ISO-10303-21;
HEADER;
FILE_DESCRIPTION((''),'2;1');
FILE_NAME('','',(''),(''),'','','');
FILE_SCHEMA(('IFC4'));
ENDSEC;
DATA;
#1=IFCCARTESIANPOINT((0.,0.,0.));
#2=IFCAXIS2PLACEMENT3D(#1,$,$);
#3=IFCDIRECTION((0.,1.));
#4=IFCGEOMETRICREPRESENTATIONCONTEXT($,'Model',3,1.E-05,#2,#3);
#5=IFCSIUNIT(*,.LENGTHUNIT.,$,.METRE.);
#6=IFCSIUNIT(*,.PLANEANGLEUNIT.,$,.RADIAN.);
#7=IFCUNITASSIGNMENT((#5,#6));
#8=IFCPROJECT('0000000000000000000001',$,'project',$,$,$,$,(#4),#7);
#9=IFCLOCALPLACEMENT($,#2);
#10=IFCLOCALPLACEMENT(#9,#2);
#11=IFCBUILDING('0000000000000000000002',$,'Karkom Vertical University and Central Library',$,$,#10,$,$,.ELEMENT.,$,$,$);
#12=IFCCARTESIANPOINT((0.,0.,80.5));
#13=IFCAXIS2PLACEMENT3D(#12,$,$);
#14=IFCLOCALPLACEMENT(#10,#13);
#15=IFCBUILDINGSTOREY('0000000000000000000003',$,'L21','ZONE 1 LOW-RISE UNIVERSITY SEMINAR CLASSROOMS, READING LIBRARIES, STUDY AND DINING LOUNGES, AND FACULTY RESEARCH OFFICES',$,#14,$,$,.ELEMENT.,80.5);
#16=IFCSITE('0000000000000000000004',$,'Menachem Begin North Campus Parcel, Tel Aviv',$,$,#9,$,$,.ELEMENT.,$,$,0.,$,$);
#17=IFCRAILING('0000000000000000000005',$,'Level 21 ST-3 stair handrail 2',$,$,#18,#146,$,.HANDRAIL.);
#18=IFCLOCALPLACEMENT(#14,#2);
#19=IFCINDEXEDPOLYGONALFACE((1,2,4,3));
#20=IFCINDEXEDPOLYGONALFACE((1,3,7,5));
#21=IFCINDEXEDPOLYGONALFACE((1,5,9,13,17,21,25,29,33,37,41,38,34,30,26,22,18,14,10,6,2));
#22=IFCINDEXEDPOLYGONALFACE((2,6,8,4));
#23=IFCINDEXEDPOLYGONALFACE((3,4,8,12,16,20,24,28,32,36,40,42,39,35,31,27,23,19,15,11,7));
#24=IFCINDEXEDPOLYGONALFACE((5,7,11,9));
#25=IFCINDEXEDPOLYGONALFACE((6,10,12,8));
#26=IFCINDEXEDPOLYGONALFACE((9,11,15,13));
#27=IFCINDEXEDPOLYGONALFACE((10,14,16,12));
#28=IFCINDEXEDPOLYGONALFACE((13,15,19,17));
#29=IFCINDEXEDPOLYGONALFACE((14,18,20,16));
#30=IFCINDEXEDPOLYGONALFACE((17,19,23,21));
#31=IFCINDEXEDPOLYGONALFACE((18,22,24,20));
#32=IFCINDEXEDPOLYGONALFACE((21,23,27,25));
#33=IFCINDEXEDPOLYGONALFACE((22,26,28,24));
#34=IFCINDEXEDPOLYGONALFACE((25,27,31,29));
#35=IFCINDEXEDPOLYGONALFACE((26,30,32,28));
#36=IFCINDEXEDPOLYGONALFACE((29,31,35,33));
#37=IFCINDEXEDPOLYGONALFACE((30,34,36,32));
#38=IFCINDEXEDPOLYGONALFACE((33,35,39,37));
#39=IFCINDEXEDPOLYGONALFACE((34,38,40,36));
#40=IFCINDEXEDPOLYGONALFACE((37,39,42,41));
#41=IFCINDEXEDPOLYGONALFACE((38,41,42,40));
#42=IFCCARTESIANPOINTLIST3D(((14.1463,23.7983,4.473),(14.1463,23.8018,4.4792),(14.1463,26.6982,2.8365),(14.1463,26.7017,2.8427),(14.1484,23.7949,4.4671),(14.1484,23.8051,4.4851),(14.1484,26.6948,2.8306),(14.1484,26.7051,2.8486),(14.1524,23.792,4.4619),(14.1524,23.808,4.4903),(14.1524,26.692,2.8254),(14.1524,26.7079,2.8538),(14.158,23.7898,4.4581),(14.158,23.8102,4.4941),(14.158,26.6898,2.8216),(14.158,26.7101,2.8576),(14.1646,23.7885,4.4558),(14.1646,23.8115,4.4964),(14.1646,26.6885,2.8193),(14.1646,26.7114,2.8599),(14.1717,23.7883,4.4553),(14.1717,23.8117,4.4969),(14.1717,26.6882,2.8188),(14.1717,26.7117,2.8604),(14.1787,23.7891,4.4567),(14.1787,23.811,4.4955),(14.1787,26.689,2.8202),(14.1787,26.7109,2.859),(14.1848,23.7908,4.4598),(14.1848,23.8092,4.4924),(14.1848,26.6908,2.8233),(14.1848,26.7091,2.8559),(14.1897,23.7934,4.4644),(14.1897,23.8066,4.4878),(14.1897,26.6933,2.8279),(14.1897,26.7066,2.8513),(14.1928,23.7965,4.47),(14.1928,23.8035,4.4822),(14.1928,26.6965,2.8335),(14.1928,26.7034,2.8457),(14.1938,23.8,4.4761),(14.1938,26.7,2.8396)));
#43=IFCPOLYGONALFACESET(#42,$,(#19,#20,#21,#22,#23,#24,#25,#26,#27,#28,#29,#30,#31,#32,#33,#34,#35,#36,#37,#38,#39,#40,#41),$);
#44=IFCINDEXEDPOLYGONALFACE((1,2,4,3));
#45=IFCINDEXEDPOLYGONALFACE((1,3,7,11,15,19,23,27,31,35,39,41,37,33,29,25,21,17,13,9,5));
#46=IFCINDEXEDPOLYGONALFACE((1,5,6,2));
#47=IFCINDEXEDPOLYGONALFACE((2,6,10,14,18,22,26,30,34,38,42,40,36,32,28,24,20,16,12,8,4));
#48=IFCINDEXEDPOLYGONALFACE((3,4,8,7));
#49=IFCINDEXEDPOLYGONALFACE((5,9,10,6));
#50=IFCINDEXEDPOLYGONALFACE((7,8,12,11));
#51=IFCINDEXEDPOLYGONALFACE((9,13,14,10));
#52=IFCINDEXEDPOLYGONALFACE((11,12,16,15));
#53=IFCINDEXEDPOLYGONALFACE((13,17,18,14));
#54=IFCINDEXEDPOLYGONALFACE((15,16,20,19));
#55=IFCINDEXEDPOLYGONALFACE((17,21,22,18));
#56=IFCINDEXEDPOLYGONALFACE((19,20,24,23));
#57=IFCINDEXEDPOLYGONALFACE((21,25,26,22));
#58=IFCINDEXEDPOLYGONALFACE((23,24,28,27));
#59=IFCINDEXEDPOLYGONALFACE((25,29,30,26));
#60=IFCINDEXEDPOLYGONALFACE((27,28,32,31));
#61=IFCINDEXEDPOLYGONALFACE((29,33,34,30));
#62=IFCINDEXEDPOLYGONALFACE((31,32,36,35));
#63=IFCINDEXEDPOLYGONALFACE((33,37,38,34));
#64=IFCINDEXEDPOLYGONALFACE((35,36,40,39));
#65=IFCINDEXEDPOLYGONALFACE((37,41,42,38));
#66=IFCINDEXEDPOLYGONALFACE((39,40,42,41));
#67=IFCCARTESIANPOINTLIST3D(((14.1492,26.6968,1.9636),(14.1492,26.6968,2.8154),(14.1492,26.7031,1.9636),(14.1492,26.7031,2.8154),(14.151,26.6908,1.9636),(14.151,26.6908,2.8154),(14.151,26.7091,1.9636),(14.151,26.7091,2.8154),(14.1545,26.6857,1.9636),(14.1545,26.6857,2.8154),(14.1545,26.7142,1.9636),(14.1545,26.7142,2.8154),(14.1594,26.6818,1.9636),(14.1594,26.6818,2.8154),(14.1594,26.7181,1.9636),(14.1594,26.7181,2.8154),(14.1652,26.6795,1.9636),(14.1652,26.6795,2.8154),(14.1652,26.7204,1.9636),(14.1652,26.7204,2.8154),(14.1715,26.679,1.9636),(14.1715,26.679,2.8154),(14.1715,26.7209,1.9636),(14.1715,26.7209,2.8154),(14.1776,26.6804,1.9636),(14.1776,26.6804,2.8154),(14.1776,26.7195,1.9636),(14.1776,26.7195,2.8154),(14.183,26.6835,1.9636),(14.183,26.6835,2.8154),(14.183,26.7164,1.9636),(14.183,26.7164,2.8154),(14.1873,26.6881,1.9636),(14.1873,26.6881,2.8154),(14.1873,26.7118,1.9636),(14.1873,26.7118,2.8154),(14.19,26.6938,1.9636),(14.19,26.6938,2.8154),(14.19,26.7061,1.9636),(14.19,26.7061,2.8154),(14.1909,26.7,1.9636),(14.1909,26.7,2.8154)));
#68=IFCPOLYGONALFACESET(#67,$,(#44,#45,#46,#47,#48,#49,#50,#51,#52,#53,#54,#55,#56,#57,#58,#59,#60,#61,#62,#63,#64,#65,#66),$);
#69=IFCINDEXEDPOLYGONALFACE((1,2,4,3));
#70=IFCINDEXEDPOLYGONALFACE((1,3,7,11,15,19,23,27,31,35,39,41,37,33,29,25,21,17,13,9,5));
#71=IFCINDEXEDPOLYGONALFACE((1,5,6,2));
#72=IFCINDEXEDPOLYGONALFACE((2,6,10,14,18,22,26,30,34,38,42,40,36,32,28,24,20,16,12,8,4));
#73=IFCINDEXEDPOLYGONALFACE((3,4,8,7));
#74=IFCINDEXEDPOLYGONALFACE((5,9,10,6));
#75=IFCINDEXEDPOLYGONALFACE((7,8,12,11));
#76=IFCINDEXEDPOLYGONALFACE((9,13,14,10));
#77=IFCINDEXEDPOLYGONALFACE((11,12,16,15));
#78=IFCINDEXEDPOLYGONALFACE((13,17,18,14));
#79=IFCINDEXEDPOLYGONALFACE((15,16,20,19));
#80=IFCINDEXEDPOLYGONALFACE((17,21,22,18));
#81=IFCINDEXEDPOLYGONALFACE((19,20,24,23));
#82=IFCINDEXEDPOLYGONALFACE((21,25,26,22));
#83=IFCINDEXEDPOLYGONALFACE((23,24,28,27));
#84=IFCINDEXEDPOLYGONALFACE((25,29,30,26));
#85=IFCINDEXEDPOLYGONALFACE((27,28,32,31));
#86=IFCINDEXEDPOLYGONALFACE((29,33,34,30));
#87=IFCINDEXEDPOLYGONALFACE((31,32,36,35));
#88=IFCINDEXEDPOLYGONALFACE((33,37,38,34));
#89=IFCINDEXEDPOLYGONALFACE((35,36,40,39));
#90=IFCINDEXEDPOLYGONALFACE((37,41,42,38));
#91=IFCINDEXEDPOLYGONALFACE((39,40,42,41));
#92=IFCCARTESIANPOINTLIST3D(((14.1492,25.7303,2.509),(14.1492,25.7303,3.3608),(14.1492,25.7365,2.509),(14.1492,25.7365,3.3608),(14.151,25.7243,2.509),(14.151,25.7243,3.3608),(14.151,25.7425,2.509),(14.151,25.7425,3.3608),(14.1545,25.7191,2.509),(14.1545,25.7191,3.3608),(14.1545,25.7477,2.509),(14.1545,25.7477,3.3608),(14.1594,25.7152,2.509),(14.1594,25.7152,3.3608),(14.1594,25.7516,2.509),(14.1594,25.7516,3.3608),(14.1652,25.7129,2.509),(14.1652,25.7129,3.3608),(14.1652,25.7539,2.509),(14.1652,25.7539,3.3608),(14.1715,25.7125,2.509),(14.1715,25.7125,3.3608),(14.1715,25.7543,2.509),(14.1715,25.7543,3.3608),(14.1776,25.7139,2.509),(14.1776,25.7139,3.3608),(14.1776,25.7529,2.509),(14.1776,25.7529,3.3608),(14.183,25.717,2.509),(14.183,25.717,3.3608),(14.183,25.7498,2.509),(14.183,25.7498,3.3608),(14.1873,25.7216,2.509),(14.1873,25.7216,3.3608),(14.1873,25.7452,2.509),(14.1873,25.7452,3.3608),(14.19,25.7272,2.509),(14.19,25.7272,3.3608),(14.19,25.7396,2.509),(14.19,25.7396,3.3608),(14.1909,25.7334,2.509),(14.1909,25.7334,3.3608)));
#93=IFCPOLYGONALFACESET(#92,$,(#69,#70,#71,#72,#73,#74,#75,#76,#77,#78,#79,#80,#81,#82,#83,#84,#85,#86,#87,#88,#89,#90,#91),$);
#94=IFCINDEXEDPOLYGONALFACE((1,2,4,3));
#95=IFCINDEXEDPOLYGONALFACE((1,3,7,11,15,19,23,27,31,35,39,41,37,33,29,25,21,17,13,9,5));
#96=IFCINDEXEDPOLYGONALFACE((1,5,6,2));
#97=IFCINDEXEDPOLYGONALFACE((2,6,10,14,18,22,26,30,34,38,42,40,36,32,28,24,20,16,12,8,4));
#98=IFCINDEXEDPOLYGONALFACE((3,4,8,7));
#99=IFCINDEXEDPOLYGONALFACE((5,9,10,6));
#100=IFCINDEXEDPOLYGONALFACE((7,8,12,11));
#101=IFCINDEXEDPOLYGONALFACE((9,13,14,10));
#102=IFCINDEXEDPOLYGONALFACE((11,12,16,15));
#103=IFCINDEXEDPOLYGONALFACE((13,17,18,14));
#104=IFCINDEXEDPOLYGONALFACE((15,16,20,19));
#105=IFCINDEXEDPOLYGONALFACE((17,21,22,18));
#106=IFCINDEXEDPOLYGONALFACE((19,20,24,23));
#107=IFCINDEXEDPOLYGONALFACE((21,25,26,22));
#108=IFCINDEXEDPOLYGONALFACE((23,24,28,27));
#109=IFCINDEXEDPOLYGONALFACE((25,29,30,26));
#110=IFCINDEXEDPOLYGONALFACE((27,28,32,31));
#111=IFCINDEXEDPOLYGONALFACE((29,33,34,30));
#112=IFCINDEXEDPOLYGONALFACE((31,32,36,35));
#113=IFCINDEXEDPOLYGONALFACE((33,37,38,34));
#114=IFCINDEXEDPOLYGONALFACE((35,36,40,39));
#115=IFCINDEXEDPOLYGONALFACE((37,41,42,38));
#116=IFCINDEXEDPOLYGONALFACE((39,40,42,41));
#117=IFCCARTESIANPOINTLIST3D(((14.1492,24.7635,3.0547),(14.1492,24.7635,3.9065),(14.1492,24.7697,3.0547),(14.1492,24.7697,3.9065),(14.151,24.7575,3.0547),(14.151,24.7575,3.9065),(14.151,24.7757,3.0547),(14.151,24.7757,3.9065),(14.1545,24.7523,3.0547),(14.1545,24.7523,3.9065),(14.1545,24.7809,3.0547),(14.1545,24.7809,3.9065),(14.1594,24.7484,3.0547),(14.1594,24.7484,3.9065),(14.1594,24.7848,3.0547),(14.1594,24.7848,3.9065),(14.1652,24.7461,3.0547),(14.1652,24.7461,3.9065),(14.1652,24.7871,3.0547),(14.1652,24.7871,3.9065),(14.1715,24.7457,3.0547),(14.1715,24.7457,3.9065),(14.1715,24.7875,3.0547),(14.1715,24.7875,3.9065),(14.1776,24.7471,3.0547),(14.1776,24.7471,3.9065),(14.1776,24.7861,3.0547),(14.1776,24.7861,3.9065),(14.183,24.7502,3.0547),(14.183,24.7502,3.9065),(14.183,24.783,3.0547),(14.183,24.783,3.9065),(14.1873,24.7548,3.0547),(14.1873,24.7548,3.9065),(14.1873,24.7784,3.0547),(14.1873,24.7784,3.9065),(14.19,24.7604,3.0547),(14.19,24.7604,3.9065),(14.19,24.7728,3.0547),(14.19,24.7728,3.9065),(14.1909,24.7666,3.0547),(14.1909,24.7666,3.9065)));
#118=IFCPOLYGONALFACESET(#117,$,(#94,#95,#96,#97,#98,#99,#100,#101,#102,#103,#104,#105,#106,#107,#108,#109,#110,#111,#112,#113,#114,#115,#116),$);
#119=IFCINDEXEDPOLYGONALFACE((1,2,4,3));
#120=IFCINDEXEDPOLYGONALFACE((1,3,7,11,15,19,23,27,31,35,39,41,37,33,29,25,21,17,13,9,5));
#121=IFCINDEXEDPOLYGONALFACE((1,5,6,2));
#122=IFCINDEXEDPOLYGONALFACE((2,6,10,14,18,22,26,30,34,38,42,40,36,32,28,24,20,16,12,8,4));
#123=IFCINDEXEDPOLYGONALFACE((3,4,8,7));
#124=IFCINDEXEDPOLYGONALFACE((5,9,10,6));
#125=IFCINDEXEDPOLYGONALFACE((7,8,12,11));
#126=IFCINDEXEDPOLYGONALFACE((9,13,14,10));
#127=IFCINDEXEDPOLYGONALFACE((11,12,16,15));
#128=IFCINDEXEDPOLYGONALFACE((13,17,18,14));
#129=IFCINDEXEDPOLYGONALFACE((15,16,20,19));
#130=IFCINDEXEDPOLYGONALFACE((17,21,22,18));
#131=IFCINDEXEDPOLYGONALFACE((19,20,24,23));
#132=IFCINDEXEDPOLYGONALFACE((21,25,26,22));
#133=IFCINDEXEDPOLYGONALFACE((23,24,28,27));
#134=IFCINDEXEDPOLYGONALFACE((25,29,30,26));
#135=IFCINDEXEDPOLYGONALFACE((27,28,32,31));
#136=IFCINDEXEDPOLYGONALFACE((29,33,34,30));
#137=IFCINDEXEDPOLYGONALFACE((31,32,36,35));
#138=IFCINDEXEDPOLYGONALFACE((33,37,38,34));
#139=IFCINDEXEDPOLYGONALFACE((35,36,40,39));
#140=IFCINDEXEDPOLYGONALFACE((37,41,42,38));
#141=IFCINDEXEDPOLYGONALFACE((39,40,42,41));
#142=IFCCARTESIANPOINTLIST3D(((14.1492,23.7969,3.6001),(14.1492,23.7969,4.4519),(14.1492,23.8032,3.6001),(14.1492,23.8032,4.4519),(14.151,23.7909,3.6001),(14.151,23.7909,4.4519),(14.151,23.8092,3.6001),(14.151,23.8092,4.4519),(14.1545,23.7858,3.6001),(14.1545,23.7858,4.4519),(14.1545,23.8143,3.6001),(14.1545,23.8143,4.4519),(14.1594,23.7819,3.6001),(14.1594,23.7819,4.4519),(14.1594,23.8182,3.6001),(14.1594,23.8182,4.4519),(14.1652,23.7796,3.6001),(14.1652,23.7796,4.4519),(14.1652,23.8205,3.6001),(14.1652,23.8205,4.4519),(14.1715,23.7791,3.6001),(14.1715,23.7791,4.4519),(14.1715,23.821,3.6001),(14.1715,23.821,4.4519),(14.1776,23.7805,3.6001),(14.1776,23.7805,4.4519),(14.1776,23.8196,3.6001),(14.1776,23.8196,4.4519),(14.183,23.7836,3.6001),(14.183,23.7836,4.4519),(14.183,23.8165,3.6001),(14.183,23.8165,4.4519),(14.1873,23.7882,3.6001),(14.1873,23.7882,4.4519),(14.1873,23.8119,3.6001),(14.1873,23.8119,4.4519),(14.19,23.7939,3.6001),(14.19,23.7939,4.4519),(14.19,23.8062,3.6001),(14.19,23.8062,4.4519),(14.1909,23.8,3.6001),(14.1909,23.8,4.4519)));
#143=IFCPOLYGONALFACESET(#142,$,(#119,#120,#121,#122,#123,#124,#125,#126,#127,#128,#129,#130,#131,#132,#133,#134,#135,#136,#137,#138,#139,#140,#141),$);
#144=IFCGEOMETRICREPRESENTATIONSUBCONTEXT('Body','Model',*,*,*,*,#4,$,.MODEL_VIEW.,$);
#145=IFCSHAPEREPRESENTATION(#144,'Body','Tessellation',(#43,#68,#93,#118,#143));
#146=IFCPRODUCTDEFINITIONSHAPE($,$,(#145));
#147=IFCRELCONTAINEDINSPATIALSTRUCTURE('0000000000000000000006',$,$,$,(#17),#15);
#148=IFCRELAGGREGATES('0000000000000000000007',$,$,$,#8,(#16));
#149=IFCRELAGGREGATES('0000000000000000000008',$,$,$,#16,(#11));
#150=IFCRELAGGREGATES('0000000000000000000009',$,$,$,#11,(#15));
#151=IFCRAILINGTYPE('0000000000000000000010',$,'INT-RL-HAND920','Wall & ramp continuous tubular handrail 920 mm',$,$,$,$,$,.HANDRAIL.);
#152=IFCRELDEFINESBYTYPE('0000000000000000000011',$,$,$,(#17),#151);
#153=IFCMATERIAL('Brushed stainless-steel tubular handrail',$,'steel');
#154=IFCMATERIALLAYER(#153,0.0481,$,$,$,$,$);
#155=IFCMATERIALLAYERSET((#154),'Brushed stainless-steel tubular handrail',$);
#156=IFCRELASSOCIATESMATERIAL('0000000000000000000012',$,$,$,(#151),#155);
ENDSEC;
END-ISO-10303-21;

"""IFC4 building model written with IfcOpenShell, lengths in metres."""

from ifc_helpers import new_model, si_unit, direction, frame, origin, origin_2d, place, context, subcontext, project, spatial, circle, extrude, material, layer, layer_set, type_object, element, save


model = new_model("IFC4")

# Units and contexts
model_context = context("Model", 3, precision=1e-05, world=origin(), true_north=direction((0.0, 1.0)))
body_context = subcontext(model_context, "Body", "Model", "MODEL_VIEW")
ifc_project = project(units=[si_unit("LENGTHUNIT", "METRE"), si_unit("PLANEANGLEUNIT", "RADIAN")], contexts=[model_context])

# Site, building, storey
site_placement = place(None, origin())
site = spatial("IfcSite", under=ifc_project, at=site_placement, Name="Menachem Begin North Campus Parcel, Tel Aviv", CompositionType="ELEMENT", RefElevation=0.0)
building_placement = place(site_placement, origin())
building = spatial("IfcBuilding", under=site, at=building_placement, Name="Karkom Vertical University and Central Library", CompositionType="ELEMENT")
storey_placement = place(building_placement, frame((0.0, 0.0, 80.5)))
storey = spatial("IfcBuildingStorey", under=building, at=storey_placement, Name="L21", Description="ZONE 1 LOW-RISE UNIVERSITY SEMINAR CLASSROOMS, READING LIBRARIES, STUDY AND DINING LOUNGES, AND FACULTY RESEARCH OFFICES", CompositionType="ELEMENT", Elevation=80.5)

# Railing
ifc_material_1 = material(Name="Brushed stainless-steel tubular handrail", Category="steel")
ifc_layer_1 = layer(ifc_material_1, 0.0481)
ifc_layer_set_1 = layer_set([ifc_layer_1], Name="Brushed stainless-steel tubular handrail")
railing_type_1 = type_object("IfcRailingType", Name="INT-RL-HAND920", Description="Wall & ramp continuous tubular handrail 920 mm", PredefinedType="HANDRAIL", material=ifc_layer_set_1)
railing_1_placement = place(storey_placement, frame((14.1699, 26.7, 1.9636)))
element("IfcRailing", 1, at=railing_1_placement, inside=storey, type_object=railing_type_1, Name="Level 21 ST-3 stair handrail 2", PredefinedType="HANDRAIL", context=body_context, shape_type="SweptSolid", body=[
    extrude(circle(Radius=0.0239, at=origin_2d()), frame((0.0, 0.0, 0.876), z_axis=(0.0, -0.870897, 0.491465), x_axis=(1.0, 0.0, 0.0)), (0.0, 0.0, 1.0), 3.3298),
    extrude(circle(Radius=0.021, at=origin_2d()), origin(), (0.0, 0.0, 1.0), 0.8518),
    extrude(circle(Radius=0.021, at=origin_2d()), frame((0.0, -0.9666, 0.5454)), (0.0, 0.0, 1.0), 0.8518),
    extrude(circle(Radius=0.021, at=origin_2d()), frame((0.0, -1.9333, 1.0911)), (0.0, 0.0, 1.0), 0.8518),
    extrude(circle(Radius=0.021, at=origin_2d()), frame((0.0, -2.8999, 1.6365)), (0.0, 0.0, 1.0), 0.8518),
])

save(model, "model.ifc")
